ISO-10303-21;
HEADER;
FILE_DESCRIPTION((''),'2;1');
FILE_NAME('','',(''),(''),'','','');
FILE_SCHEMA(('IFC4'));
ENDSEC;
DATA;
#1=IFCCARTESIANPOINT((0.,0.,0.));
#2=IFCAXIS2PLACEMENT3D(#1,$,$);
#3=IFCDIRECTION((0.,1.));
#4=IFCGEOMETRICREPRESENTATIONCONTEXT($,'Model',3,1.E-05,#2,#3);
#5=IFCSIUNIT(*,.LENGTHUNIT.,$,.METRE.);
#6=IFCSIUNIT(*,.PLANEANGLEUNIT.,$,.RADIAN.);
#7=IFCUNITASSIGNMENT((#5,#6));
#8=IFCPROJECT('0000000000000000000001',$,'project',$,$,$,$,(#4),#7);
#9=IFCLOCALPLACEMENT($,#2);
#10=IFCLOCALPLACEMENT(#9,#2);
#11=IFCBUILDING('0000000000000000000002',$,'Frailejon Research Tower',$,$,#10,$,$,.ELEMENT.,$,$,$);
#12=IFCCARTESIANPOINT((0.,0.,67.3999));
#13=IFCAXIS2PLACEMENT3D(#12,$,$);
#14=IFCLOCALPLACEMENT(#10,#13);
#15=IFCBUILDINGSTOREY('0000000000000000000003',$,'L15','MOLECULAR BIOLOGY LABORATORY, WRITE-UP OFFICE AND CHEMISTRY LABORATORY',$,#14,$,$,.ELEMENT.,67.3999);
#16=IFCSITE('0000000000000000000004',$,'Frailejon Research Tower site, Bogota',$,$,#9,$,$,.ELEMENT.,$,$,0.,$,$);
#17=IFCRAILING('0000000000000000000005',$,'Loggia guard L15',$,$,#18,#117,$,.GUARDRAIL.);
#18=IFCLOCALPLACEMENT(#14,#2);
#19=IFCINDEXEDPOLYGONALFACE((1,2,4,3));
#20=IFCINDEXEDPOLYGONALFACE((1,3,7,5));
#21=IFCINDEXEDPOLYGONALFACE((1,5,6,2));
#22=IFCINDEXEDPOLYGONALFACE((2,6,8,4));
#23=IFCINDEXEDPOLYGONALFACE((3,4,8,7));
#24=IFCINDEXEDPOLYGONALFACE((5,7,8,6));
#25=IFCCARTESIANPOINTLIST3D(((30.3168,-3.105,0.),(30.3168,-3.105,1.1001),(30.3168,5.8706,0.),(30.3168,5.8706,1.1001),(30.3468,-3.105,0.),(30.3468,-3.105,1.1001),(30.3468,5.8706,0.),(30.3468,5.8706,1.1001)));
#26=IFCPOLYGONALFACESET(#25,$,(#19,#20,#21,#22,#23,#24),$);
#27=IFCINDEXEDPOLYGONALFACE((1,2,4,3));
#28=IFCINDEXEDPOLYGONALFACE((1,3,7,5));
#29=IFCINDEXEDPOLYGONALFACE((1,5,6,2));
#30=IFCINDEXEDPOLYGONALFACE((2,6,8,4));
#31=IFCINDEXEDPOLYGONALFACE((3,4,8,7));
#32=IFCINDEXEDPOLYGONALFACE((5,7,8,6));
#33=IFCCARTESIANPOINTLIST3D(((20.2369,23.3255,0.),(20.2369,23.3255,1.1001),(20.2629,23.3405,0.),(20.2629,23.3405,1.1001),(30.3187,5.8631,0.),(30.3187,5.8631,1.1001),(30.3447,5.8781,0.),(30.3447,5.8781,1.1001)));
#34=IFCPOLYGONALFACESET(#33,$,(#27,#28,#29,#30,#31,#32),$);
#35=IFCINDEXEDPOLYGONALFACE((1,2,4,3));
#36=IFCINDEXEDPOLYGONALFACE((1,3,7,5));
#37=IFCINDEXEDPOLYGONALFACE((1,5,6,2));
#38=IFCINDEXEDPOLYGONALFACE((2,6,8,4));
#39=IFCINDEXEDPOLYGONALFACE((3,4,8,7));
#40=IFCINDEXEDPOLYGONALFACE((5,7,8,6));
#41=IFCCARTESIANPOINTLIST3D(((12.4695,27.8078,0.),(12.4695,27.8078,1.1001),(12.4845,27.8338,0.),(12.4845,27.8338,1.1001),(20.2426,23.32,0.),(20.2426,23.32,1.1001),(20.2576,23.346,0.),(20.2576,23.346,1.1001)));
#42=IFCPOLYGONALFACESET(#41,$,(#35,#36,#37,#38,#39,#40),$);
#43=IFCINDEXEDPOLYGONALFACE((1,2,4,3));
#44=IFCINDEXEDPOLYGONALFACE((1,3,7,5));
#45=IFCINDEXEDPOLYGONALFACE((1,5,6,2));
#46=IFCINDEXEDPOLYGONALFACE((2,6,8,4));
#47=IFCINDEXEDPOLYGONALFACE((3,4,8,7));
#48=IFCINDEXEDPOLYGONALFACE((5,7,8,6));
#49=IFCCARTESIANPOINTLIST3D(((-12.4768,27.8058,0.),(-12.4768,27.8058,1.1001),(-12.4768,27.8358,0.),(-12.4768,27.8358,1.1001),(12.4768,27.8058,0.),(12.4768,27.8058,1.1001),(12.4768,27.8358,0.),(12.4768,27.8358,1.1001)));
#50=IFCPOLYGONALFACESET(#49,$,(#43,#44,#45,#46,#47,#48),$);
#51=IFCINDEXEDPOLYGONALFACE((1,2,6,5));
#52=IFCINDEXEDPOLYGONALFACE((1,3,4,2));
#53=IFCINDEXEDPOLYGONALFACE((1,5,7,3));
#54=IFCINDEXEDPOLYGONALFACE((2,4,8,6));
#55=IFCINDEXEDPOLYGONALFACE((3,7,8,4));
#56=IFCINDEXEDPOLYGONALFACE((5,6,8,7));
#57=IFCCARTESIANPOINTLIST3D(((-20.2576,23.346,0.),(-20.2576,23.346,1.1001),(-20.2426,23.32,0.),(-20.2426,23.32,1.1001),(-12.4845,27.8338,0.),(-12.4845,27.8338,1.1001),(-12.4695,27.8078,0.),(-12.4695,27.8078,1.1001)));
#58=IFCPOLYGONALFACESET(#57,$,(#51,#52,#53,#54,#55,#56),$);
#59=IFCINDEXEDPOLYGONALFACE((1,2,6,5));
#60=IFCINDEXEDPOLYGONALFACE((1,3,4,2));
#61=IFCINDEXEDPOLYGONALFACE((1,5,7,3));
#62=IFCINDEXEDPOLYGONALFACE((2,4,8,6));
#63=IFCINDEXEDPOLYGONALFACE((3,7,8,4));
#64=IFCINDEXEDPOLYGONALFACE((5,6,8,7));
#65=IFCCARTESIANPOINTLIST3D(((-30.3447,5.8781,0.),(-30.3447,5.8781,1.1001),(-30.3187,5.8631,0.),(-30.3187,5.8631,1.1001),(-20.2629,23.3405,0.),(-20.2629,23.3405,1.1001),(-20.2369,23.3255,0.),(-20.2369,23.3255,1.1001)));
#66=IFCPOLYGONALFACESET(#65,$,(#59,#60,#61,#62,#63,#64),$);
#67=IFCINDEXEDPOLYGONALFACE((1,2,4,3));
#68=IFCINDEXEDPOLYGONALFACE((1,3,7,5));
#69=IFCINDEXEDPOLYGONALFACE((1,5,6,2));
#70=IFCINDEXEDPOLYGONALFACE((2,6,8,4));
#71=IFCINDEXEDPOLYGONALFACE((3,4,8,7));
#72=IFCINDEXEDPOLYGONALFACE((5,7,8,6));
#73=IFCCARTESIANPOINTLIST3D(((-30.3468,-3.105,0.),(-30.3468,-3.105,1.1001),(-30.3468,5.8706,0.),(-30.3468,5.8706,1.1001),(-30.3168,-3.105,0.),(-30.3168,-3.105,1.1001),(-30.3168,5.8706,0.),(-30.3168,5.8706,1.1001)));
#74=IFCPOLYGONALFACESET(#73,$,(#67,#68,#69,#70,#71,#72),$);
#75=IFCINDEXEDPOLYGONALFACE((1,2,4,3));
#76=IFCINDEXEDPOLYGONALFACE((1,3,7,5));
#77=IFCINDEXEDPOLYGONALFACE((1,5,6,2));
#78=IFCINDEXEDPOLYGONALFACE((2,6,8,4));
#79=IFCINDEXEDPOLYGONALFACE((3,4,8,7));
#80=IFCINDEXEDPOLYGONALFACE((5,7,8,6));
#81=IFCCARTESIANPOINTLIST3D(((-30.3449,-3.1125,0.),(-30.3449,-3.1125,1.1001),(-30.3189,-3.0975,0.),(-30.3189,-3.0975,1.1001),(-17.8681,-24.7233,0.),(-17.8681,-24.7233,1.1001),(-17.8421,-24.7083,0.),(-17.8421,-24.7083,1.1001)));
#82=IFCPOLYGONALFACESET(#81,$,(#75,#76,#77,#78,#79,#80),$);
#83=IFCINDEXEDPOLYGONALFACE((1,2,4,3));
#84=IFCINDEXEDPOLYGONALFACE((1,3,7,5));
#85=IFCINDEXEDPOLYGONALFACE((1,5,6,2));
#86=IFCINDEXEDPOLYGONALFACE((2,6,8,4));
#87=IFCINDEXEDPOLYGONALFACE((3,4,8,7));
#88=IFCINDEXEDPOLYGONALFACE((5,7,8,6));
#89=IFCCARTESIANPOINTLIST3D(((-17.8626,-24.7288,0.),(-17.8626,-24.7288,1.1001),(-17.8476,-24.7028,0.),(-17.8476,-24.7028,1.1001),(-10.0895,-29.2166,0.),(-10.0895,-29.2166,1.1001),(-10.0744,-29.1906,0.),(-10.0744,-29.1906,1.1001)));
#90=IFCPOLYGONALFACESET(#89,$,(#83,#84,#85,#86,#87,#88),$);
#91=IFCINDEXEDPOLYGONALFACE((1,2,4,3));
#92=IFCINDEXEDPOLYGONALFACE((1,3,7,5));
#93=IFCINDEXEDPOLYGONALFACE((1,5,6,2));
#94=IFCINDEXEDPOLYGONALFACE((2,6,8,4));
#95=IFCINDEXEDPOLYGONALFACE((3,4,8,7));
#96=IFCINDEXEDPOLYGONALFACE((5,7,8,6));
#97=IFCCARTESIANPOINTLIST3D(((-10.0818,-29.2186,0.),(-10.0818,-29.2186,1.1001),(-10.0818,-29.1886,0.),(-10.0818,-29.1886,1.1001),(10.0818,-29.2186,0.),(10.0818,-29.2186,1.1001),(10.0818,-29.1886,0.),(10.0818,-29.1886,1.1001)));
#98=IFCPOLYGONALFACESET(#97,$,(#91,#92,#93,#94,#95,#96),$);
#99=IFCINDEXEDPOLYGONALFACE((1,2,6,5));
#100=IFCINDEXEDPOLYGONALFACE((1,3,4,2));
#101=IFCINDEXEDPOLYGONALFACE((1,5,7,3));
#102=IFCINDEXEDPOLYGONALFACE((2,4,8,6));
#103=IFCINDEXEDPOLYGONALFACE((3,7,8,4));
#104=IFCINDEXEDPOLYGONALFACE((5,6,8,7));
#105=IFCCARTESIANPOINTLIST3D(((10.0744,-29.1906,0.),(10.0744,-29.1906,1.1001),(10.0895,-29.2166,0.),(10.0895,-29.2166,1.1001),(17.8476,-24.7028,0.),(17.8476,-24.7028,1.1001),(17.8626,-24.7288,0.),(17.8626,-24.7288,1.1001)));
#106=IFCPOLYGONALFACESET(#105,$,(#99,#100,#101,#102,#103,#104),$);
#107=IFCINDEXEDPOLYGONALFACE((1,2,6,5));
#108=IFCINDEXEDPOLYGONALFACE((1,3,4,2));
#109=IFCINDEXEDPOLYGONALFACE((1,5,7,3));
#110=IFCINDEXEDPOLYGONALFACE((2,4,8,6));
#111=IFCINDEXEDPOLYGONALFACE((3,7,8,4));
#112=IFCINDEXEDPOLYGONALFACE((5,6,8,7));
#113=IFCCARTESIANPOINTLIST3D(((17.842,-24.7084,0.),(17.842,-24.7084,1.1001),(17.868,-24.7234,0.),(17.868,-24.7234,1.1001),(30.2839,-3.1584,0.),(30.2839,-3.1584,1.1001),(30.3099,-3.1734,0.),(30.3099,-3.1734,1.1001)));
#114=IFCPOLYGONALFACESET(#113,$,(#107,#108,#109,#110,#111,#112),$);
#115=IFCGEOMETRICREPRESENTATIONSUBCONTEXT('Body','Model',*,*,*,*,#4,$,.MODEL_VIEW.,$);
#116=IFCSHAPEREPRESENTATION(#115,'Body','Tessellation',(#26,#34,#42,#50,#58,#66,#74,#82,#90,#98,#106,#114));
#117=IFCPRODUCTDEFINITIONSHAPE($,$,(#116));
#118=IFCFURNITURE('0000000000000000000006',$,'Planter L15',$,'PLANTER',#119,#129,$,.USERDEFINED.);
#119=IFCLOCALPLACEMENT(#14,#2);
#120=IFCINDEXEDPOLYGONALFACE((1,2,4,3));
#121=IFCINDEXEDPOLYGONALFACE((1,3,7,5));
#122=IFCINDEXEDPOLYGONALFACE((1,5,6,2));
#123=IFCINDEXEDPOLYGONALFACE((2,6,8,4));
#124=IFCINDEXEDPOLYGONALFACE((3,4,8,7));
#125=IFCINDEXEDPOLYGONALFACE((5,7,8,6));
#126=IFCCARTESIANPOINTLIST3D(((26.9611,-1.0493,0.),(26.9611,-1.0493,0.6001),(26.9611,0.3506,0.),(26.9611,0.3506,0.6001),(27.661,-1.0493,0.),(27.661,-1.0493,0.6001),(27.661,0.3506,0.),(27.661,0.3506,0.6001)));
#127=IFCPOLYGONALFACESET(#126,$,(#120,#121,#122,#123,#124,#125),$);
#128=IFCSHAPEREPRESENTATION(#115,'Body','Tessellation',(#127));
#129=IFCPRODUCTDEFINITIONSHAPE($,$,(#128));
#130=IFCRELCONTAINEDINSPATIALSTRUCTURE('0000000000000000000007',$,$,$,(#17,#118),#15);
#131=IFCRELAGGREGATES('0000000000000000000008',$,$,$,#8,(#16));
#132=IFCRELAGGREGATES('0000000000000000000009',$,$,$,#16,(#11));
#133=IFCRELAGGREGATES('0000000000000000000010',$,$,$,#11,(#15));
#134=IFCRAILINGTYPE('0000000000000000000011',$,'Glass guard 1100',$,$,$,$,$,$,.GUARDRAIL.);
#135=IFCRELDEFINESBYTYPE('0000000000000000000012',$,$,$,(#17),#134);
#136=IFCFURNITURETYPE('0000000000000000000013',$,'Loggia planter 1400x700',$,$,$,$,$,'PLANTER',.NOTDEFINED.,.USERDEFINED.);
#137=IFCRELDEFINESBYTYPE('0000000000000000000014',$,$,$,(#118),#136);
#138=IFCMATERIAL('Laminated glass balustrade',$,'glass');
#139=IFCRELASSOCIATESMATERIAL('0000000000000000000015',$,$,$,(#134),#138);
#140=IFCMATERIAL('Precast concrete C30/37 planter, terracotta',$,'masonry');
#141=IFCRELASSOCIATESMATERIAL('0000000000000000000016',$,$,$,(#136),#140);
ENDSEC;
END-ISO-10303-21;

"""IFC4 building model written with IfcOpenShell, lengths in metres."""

from ifc_helpers import new_model, si_unit, direction, frame, origin, origin_2d, place, context, subcontext, project, spatial, rectangle, extrude, material, type_object, element, save


model = new_model("IFC4")

# Units and contexts
model_context = context("Model", 3, precision=1e-05, world=origin(), true_north=direction((0.0, 1.0)))
body_context = subcontext(model_context, "Body", "Model", "MODEL_VIEW")
ifc_project = project(units=[si_unit("LENGTHUNIT", "METRE"), si_unit("PLANEANGLEUNIT", "RADIAN")], contexts=[model_context])

# Site, building, storey
site_placement = place(None, origin())
site = spatial("IfcSite", under=ifc_project, at=site_placement, Name="Frailejon Research Tower site, Bogota", CompositionType="ELEMENT", RefElevation=0.0)
building_placement = place(site_placement, origin())
building = spatial("IfcBuilding", under=site, at=building_placement, Name="Frailejon Research Tower", CompositionType="ELEMENT")
storey_placement = place(building_placement, frame((0.0, 0.0, 67.3999)))
storey = spatial("IfcBuildingStorey", under=building, at=storey_placement, Name="L15", Description="MOLECULAR BIOLOGY LABORATORY, WRITE-UP OFFICE AND CHEMISTRY LABORATORY", CompositionType="ELEMENT", Elevation=67.3999)

# Railing
ifc_material_1 = material(Name="Laminated glass balustrade", Category="glass")
railing_type = type_object("IfcRailingType", Name="Glass guard 1100", PredefinedType="GUARDRAIL", material=ifc_material_1)
railing_placement = place(storey_placement, frame((30.3318, -3.105, 0.0)))
element("IfcRailing", 1, at=railing_placement, inside=storey, type_object=railing_type, Name="Loggia guard L15", PredefinedType="GUARDRAIL", context=body_context, shape_type="SweptSolid", body=[
    extrude(rectangle(XDim=8.9756, YDim=0.03, at=origin_2d()), frame((0.0, 4.4878, 0.0), z_axis=(0.0, 0.0, 1.0), x_axis=(0.0, 1.0, 0.0)), (0.0, 0.0, 1.0), 1.1001),
    extrude(rectangle(XDim=20.1638, YDim=0.03, at=origin_2d()), frame((-5.041, 17.7068, 0.0), z_axis=(0.0, 0.0, 1.0), x_axis=(-0.499995, 0.866028, 0.0)), (0.0, 0.0, 1.0), 1.1001),
    extrude(rectangle(XDim=8.9756, YDim=0.03, at=origin_2d()), frame((-13.9683, 28.6819, 0.0), z_axis=(0.0, 0.0, 1.0), x_axis=(-0.866028, 0.499995, 0.0)), (0.0, 0.0, 1.0), 1.1001),
    extrude(rectangle(XDim=24.9536, YDim=0.03, at=origin_2d()), frame((-30.3318, 30.9258, 0.0), z_axis=(0.0, 0.0, 1.0), x_axis=(-1.0, 0.0, 0.0)), (0.0, 0.0, 1.0), 1.1001),
    extrude(rectangle(XDim=8.9756, YDim=0.03, at=origin_2d()), frame((-46.6953, 28.6819, 0.0), z_axis=(0.0, 0.0, 1.0), x_axis=(-0.866028, -0.499995, 0.0)), (0.0, 0.0, 1.0), 1.1001),
    extrude(rectangle(XDim=20.1638, YDim=0.03, at=origin_2d()), frame((-55.6226, 17.7068, 0.0), z_axis=(0.0, 0.0, 1.0), x_axis=(-0.499995, -0.866028, 0.0)), (0.0, 0.0, 1.0), 1.1001),
    extrude(rectangle(XDim=8.9756, YDim=0.03, at=origin_2d()), frame((-60.6636, 4.4878, 0.0), z_axis=(0.0, 0.0, 1.0), x_axis=(0.0, -1.0, 0.0)), (0.0, 0.0, 1.0), 1.1001),
    extrude(rectangle(XDim=24.9539, YDim=0.03, at=origin_2d()), frame((-54.4253, -10.8054, 0.0), z_axis=(0.0, 0.0, 1.0), x_axis=(0.499993, -0.866029, 0.0)), (0.0, 0.0, 1.0), 1.1001),
    extrude(rectangle(XDim=8.9756, YDim=0.03, at=origin_2d()), frame((-44.3003, -23.8547, 0.0), z_axis=(0.0, 0.0, 1.0), x_axis=(0.866028, -0.499995, 0.0)), (0.0, 0.0, 1.0), 1.1001),
    extrude(rectangle(XDim=20.1636, YDim=0.03, at=origin_2d()), frame((-30.3318, -26.0986, 0.0), z_axis=(0.0, 0.0, 1.0), x_axis=(1.0, 0.0, 0.0)), (0.0, 0.0, 1.0), 1.1001),
    extrude(rectangle(XDim=8.9756, YDim=0.03, at=origin_2d()), frame((-16.3633, -23.8547, 0.0), z_axis=(0.0, 0.0, 1.0), x_axis=(0.866028, 0.499995, 0.0)), (0.0, 0.0, 1.0), 1.1001),
    extrude(rectangle(XDim=24.8838, YDim=0.03, at=origin_2d()), frame((-6.2559, -10.8359, 0.0), z_axis=(0.0, 0.0, 1.0), x_axis=(0.499999, 0.866026, 0.0)), (0.0, 0.0, 1.0), 1.1001),
])

# Furniture
ifc_material_2 = material(Name="Precast concrete C30/37 planter, terracotta", Category="masonry")
furniture_type = type_object("IfcFurnitureType", Name="Loggia planter 1400x700", ElementType="PLANTER", AssemblyPlace="NOTDEFINED", PredefinedType="USERDEFINED", material=ifc_material_2)
furniture_placement = place(storey_placement, frame((27.311, -0.3494, 0.0), z_axis=(0.0, 0.0, 1.0), x_axis=(0.0, 1.0, 0.0)))
element("IfcFurniture", 2, at=furniture_placement, inside=storey, type_object=furniture_type, Name="Planter L15", ObjectType="PLANTER", PredefinedType="USERDEFINED", context=body_context, shape_type="SweptSolid", body=[
    extrude(rectangle(XDim=1.3999, YDim=0.7, at=origin_2d()), origin(), (0.0, 0.0, 1.0), 0.6001),
])

save(model, "model.ifc")
